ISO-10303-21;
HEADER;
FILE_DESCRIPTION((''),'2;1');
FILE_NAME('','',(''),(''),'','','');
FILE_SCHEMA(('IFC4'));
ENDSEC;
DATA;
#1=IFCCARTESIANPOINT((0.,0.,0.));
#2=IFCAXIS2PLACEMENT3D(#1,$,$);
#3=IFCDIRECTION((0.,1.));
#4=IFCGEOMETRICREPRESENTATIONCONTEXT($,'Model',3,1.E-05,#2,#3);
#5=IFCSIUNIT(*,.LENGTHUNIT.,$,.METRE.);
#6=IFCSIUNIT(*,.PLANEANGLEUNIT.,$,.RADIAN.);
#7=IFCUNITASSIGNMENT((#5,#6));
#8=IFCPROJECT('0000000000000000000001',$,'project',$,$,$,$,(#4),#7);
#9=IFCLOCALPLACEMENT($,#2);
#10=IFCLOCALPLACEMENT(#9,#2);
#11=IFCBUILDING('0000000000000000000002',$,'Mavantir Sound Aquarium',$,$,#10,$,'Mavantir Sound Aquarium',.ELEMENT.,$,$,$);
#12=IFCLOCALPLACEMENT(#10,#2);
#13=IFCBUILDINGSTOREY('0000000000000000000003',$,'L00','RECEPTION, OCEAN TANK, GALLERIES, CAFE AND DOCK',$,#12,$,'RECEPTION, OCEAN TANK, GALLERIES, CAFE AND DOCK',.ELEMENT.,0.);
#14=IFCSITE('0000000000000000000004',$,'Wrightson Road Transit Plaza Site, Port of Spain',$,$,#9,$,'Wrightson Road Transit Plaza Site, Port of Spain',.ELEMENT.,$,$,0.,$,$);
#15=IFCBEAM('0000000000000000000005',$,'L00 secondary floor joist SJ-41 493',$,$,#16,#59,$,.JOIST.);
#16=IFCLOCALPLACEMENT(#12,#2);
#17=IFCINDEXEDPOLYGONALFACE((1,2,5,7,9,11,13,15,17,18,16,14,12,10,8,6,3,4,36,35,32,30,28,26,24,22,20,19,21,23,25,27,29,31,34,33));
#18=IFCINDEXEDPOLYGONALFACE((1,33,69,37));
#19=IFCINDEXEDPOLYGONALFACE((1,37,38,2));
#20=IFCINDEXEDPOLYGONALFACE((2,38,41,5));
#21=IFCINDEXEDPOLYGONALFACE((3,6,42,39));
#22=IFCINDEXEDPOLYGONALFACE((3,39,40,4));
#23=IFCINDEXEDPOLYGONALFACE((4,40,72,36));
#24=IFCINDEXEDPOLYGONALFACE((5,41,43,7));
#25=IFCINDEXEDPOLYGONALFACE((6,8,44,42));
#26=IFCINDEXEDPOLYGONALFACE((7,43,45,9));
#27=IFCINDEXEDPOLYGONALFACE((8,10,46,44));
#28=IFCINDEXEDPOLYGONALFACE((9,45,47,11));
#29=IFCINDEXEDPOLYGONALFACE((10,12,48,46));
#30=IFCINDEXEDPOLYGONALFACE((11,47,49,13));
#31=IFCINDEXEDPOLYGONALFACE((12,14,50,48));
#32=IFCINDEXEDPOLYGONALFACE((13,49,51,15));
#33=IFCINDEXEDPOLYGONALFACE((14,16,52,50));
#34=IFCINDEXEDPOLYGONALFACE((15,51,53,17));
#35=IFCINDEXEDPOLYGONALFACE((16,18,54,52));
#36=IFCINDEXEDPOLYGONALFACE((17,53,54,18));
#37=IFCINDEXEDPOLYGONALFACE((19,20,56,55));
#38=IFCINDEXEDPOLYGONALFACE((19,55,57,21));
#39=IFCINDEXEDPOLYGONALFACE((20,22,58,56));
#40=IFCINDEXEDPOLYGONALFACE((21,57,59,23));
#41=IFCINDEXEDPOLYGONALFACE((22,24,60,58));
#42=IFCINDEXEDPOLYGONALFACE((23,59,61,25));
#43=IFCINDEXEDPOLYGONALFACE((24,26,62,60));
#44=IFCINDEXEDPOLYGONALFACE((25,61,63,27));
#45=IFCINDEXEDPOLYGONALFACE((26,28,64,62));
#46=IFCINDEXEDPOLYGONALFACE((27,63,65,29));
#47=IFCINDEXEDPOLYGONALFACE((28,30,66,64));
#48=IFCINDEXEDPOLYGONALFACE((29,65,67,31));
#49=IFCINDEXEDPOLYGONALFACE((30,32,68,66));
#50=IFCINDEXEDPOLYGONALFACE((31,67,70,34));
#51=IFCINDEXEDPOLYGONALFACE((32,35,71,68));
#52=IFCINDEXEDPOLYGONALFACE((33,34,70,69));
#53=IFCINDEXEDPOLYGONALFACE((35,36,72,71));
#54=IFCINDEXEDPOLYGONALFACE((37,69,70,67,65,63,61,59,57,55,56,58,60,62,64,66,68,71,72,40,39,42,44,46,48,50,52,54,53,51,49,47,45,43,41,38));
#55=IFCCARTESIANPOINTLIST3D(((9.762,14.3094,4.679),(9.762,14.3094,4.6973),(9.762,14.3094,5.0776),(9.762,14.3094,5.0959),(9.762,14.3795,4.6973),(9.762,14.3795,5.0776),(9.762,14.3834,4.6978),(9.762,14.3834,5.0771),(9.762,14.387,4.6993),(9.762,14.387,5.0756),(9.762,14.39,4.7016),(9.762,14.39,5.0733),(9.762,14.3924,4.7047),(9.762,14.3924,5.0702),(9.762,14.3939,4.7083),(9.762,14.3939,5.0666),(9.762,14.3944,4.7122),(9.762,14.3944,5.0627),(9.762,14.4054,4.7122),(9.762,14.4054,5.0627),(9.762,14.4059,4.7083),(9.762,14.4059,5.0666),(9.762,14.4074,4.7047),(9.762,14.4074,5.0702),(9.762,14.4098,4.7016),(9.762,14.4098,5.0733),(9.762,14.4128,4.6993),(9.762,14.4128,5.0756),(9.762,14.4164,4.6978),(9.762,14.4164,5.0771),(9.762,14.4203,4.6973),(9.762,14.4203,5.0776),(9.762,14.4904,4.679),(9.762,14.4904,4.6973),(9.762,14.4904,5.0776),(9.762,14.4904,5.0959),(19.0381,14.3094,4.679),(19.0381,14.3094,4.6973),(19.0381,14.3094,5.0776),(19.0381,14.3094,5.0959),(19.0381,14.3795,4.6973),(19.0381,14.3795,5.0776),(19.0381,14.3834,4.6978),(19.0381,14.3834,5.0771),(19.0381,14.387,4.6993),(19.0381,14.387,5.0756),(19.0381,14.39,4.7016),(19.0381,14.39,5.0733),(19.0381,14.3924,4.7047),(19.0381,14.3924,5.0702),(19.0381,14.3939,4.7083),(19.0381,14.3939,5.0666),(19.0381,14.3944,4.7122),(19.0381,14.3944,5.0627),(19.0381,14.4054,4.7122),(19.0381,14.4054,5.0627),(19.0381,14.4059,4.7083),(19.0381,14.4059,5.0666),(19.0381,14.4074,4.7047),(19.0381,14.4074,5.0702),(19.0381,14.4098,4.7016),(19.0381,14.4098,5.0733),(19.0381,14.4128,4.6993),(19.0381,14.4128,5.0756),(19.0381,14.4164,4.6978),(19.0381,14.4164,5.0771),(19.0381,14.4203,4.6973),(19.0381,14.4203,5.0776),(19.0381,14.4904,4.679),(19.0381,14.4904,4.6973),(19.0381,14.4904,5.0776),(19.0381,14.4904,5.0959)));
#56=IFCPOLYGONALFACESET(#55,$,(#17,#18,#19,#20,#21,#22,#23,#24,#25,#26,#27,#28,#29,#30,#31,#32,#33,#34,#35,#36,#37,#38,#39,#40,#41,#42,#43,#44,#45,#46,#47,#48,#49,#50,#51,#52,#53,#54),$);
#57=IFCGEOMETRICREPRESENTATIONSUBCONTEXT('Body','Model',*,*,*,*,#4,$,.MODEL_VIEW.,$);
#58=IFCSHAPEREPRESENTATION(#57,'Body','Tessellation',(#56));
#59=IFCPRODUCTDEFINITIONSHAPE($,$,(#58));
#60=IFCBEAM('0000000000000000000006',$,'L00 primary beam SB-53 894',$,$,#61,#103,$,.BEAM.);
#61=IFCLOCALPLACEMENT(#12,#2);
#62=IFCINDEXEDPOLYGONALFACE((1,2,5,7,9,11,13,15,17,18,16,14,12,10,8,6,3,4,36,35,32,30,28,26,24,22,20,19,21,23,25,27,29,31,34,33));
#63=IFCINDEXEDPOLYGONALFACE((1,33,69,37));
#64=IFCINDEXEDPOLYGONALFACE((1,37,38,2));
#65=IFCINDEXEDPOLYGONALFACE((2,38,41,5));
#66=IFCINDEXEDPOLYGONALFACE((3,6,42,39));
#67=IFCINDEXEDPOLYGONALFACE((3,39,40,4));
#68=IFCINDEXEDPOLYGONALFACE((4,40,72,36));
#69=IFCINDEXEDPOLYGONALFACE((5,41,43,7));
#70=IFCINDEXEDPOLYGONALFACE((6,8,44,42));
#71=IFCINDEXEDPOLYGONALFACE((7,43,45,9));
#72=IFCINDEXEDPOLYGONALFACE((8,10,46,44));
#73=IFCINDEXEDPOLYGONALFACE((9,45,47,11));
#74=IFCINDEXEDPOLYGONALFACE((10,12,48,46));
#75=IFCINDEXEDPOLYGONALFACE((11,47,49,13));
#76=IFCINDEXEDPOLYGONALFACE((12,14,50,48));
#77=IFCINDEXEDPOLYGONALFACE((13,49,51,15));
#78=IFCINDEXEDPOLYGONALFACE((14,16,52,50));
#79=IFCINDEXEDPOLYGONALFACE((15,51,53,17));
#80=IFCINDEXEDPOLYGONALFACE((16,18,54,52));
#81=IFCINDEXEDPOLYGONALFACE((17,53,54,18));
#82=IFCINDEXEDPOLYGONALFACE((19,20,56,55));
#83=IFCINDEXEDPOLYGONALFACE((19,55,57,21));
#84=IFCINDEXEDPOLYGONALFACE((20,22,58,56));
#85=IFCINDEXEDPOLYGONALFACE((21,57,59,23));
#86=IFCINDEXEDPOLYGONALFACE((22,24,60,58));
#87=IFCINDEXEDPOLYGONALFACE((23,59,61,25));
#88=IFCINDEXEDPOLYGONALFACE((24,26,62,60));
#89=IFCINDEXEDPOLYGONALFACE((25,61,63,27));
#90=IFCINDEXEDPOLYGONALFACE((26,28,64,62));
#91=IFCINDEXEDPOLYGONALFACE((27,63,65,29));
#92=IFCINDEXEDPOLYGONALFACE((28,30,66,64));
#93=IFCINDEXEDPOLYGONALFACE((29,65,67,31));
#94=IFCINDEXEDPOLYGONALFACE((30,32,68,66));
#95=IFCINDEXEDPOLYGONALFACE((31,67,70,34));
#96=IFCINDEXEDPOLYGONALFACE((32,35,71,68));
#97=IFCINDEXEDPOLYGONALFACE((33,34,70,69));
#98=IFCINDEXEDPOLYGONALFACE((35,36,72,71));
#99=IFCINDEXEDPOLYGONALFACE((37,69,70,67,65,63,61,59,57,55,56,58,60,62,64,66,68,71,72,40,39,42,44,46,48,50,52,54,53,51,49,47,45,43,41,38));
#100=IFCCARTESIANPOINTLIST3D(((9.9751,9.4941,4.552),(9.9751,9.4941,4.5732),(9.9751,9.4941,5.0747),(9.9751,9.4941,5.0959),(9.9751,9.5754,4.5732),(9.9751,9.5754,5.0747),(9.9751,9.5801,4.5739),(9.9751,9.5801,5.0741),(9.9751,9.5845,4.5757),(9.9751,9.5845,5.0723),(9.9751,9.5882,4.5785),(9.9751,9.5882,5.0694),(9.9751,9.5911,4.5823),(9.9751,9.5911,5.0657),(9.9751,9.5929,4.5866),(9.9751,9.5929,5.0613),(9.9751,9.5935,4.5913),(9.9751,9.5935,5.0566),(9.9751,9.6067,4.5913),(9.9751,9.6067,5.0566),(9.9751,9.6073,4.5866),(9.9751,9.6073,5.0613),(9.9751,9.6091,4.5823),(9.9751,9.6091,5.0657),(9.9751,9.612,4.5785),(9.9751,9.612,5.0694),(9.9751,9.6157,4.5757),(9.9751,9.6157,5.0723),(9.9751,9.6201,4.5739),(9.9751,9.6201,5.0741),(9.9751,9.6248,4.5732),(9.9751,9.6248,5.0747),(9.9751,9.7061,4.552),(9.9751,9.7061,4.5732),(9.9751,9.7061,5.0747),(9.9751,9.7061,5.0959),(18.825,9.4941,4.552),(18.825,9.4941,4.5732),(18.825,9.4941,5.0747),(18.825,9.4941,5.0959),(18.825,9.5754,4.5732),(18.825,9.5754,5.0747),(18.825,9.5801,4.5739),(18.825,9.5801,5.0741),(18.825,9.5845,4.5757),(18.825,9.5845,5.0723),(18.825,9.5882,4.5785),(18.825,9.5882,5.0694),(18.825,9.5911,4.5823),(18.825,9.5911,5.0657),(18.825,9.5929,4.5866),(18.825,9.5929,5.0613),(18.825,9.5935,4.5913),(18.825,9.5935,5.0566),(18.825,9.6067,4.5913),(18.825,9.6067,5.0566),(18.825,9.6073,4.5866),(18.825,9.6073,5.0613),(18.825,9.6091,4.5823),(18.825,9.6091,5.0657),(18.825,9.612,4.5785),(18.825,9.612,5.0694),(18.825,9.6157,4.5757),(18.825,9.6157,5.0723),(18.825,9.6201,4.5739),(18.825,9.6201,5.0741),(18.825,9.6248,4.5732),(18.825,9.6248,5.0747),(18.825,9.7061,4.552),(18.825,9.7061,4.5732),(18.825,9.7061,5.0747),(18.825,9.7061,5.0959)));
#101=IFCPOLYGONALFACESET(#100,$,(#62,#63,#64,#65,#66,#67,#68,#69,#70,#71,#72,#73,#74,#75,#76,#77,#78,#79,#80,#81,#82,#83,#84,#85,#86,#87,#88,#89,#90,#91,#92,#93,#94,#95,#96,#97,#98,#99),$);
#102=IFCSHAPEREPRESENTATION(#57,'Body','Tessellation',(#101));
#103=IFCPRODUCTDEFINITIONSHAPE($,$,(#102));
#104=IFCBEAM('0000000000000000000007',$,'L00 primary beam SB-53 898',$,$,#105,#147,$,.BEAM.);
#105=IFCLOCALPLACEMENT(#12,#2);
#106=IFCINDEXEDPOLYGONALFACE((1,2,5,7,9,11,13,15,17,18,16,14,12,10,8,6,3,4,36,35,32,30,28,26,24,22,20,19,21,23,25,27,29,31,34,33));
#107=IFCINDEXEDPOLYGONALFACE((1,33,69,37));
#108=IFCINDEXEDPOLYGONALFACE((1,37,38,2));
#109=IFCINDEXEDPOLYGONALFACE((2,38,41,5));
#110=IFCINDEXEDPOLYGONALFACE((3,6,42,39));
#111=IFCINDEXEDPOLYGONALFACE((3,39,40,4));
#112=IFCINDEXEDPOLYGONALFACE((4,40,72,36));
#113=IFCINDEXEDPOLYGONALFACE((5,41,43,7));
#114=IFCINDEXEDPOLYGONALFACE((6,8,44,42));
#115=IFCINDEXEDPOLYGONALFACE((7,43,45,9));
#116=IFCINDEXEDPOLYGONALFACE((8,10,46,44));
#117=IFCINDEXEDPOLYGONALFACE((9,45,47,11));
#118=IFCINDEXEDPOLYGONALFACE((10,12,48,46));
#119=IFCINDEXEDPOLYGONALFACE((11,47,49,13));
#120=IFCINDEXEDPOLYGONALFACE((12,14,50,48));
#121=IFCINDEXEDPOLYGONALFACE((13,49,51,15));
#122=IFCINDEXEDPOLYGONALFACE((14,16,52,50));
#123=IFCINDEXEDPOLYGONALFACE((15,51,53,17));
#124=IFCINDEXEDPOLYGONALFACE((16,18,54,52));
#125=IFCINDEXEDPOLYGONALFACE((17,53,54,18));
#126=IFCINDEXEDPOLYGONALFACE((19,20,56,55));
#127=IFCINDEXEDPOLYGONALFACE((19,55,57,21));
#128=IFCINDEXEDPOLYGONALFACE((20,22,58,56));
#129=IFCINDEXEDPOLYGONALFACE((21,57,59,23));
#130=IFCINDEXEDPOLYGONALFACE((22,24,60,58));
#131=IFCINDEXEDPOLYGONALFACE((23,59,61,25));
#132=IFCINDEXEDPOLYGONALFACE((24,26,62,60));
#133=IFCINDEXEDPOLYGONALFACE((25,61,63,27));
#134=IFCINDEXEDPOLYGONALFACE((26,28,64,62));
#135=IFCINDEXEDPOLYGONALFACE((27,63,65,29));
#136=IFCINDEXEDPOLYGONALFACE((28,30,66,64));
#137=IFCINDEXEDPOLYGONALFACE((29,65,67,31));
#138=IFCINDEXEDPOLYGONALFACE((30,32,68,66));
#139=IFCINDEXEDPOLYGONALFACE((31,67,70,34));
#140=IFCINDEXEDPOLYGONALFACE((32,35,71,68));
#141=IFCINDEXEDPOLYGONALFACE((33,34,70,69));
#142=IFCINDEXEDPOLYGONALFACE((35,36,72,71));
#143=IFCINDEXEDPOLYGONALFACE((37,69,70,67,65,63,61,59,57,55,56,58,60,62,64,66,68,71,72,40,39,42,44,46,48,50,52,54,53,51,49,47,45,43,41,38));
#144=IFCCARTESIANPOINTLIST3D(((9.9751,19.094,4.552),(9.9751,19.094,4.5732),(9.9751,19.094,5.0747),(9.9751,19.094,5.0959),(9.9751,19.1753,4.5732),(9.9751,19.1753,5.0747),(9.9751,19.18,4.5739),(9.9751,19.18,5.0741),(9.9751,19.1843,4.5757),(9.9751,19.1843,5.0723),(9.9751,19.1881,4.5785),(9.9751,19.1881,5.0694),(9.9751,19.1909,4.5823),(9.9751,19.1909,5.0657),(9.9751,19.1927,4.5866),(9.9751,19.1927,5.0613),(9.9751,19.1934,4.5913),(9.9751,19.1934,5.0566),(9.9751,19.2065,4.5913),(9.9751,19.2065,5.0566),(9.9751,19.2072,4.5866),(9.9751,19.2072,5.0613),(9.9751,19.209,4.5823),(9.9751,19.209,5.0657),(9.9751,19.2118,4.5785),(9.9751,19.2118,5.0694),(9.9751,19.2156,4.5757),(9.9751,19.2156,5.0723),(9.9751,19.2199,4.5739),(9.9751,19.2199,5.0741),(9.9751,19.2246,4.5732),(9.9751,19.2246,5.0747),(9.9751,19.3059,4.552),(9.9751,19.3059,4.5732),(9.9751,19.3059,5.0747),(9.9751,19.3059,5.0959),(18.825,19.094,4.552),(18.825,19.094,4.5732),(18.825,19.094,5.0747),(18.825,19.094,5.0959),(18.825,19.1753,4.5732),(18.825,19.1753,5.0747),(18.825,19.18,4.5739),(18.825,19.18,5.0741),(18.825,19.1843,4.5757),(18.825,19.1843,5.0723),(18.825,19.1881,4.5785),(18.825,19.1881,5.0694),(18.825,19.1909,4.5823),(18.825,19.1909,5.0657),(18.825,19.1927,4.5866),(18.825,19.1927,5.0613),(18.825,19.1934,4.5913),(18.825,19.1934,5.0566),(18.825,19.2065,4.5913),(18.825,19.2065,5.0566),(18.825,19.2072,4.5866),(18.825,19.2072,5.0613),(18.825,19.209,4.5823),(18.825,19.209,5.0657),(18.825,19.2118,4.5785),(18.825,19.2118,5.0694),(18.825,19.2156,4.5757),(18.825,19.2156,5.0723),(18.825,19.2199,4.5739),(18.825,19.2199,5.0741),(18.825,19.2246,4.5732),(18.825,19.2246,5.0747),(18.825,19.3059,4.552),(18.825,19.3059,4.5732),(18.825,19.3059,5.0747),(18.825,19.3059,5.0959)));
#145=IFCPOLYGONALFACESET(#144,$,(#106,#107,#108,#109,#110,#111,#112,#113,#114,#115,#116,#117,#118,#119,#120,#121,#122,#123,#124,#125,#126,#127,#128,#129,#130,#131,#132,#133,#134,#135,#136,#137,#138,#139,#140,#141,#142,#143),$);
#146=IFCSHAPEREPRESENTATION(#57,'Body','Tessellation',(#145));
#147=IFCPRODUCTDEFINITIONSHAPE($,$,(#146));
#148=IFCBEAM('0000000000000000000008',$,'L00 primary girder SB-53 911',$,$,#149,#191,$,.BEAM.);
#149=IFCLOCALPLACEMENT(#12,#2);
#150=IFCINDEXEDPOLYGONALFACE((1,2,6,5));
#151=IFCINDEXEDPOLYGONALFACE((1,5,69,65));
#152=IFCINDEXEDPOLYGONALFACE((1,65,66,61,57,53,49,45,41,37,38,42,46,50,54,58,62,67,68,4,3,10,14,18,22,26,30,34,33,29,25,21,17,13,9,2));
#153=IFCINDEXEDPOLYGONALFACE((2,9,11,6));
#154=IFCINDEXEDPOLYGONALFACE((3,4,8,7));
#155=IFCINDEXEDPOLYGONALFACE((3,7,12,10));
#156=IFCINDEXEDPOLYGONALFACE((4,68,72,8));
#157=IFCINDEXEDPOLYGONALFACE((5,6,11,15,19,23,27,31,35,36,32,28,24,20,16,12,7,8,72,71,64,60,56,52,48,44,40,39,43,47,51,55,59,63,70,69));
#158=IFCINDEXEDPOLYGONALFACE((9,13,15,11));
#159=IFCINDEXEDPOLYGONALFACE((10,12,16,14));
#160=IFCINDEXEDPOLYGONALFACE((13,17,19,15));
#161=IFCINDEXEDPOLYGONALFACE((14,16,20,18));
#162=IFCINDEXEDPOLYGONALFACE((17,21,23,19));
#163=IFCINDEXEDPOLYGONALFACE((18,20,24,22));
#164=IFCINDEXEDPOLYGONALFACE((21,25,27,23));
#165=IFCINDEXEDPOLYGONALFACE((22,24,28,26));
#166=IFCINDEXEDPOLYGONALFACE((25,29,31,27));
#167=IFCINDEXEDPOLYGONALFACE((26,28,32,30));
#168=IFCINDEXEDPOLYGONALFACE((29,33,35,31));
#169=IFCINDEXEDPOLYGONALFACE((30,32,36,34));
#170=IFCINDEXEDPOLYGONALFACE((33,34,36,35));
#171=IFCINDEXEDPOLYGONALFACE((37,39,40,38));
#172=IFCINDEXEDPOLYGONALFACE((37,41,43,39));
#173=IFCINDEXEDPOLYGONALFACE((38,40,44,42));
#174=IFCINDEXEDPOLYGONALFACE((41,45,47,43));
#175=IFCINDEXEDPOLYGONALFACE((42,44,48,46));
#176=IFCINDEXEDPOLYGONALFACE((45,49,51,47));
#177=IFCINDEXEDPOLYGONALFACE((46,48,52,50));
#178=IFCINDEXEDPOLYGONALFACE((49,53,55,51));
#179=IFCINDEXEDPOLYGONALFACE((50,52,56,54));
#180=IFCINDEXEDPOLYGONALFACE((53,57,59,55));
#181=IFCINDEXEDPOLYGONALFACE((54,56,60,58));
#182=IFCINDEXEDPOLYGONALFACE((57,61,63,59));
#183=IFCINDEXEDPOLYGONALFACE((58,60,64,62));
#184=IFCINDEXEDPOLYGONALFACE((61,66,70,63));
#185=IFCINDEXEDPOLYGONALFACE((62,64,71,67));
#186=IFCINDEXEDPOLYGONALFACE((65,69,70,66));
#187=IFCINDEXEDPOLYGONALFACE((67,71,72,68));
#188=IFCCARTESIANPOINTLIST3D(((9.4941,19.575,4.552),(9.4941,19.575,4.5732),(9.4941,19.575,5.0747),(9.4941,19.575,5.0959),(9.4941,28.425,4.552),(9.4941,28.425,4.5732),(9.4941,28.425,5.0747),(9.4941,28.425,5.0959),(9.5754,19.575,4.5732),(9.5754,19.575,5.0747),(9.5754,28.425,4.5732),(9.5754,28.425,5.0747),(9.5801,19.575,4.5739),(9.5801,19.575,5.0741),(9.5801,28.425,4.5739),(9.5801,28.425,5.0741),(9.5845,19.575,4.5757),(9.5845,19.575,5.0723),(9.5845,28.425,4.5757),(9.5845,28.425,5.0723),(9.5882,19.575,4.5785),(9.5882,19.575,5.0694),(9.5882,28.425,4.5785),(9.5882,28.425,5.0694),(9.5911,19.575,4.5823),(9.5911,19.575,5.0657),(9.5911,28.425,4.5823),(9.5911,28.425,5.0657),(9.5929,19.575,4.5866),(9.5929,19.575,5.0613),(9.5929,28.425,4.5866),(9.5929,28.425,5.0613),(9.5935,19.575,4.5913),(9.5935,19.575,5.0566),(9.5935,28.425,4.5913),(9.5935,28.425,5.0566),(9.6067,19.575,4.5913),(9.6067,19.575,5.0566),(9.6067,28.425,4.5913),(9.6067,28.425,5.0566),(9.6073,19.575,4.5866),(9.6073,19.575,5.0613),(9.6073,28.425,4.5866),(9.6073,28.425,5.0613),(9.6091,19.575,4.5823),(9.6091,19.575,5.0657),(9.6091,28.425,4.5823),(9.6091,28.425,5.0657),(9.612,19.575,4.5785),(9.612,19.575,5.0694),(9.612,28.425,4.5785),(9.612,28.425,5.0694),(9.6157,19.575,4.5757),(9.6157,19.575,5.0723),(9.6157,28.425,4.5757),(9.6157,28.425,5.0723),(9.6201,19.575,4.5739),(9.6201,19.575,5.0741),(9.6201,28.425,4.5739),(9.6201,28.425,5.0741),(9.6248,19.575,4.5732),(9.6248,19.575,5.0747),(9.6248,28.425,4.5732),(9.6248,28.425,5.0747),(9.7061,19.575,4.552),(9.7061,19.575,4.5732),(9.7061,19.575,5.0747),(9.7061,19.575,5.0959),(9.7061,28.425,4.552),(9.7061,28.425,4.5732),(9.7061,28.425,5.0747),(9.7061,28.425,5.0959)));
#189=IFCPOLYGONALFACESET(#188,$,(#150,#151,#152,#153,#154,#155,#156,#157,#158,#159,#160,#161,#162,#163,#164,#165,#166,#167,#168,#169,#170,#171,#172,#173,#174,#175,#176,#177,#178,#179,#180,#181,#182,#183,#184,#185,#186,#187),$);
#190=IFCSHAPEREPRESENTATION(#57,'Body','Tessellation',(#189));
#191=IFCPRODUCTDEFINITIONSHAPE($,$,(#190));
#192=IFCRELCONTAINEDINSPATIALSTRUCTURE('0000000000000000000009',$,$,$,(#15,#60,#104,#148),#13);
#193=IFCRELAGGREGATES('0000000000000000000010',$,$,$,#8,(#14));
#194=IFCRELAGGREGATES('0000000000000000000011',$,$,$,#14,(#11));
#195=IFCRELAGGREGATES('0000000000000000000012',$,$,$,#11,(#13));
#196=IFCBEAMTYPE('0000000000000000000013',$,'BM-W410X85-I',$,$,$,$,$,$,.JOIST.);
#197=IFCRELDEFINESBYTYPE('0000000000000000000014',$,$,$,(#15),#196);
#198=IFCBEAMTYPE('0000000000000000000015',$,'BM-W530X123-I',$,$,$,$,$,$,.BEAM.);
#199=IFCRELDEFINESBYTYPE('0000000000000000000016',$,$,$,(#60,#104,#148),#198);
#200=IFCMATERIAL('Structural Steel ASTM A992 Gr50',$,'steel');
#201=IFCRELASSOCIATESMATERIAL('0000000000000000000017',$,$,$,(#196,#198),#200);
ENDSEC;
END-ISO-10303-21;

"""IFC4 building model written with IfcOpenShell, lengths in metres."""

from ifc_helpers import new_model, si_unit, direction, frame, origin, origin_2d, place, context, subcontext, project, spatial, i_section, extrude, material, material_profile, profile_set, type_object, element, save


model = new_model("IFC4")

# Units and contexts
model_context = context("Model", 3, precision=1e-05, world=origin(), true_north=direction((0.0, 1.0)))
body_context = subcontext(model_context, "Body", "Model", "MODEL_VIEW")
ifc_project = project(units=[si_unit("LENGTHUNIT", "METRE"), si_unit("PLANEANGLEUNIT", "RADIAN")], contexts=[model_context])

# Site, building, storey
site_placement = place(None, origin())
site = spatial("IfcSite", under=ifc_project, at=site_placement, Name="Wrightson Road Transit Plaza Site, Port of Spain", LongName="Wrightson Road Transit Plaza Site, Port of Spain", CompositionType="ELEMENT", RefElevation=0.0)
building_placement = place(site_placement, origin())
building = spatial("IfcBuilding", under=site, at=building_placement, Name="Mavantir Sound Aquarium", LongName="Mavantir Sound Aquarium", CompositionType="ELEMENT")
storey_placement = place(building_placement, origin())
storey = spatial("IfcBuildingStorey", under=building, at=storey_placement, Name="L00", Description="RECEPTION, OCEAN TANK, GALLERIES, CAFE AND DOCK", LongName="RECEPTION, OCEAN TANK, GALLERIES, CAFE AND DOCK", CompositionType="ELEMENT", Elevation=0.0)

# Beams
ifc_material_1 = material(Name="Structural Steel ASTM A992 Gr50", Category="steel")
ifc_material_profile_1 = material_profile(ifc_material_1, i_section(OverallWidth=0.1809, OverallDepth=0.417, WebThickness=0.011, FlangeThickness=0.0183, FilletRadius=0.0149, at=origin_2d()), Name="W410X85")
ifc_profile_set_1 = profile_set([ifc_material_profile_1], Name="Structural Steel ASTM A992 Gr50")
beam_type_1 = type_object("IfcBeamType", Name="BM-W410X85-I", PredefinedType="JOIST", material=ifc_profile_set_1)
beam_1_placement = place(storey_placement, frame((9.762, 14.3999, 4.8875), z_axis=(1.0, 0.0, 0.0), x_axis=(0.0, 1.0, 0.0)))
element("IfcBeam", 1, at=beam_1_placement, inside=storey, type_object=beam_type_1, Name="L00 secondary floor joist SJ-41 493", PredefinedType="JOIST", context=body_context, shape_type="SweptSolid", body=[
    extrude(i_section(OverallWidth=0.1809, OverallDepth=0.417, WebThickness=0.011, FlangeThickness=0.0183, FilletRadius=0.0149, at=origin_2d()), origin(), (0.0, 0.0, 1.0), 9.2761),
])
ifc_material_profile_2 = material_profile(ifc_material_1, i_section(OverallWidth=0.2119, OverallDepth=0.5439, WebThickness=0.0132, FlangeThickness=0.0212, FilletRadius=0.0181, at=origin_2d()), Name="W530X123")
ifc_profile_set_2 = profile_set([ifc_material_profile_2], Name="Structural Steel ASTM A992 Gr50")
beam_type_2 = type_object("IfcBeamType", Name="BM-W530X123-I", PredefinedType="BEAM", material=ifc_profile_set_2)
for number, where, z_axis, x_axis, name in (
    (2, (9.9751, 9.6001, 4.824), (1.0, 0.0, 0.0), (0.0, 1.0, 0.0), "L00 primary beam SB-53 894"),
    (3, (9.9751, 19.2, 4.824), (1.0, 0.0, 0.0), (0.0, 1.0, 0.0), "L00 primary beam SB-53 898"),
):
    element("IfcBeam", number, at=place(storey_placement, frame(where, z_axis=z_axis, x_axis=x_axis)), inside=storey, type_object=beam_type_2, Name=name, PredefinedType="BEAM", context=body_context, shape_type="SweptSolid", body=[
        extrude(i_section(OverallWidth=0.2119, OverallDepth=0.5439, WebThickness=0.0132, FlangeThickness=0.0212, FilletRadius=0.0181, at=origin_2d()), origin(), (0.0, 0.0, 1.0), 8.8499),
    ])
beam_2_placement = place(storey_placement, frame((9.6001, 19.575, 4.824), z_axis=(0.0, 1.0, 0.0), x_axis=(-1.0, 0.0, 0.0)))
element("IfcBeam", 4, at=beam_2_placement, inside=storey, type_object=beam_type_2, Name="L00 primary girder SB-53 911", PredefinedType="BEAM", context=body_context, shape_type="SweptSolid", body=[
    extrude(i_section(OverallWidth=0.2119, OverallDepth=0.5439, WebThickness=0.0132, FlangeThickness=0.0212, FilletRadius=0.0181, at=origin_2d()), origin(), (0.0, 0.0, 1.0), 8.8501),
])

save(model, "model.ifc")
